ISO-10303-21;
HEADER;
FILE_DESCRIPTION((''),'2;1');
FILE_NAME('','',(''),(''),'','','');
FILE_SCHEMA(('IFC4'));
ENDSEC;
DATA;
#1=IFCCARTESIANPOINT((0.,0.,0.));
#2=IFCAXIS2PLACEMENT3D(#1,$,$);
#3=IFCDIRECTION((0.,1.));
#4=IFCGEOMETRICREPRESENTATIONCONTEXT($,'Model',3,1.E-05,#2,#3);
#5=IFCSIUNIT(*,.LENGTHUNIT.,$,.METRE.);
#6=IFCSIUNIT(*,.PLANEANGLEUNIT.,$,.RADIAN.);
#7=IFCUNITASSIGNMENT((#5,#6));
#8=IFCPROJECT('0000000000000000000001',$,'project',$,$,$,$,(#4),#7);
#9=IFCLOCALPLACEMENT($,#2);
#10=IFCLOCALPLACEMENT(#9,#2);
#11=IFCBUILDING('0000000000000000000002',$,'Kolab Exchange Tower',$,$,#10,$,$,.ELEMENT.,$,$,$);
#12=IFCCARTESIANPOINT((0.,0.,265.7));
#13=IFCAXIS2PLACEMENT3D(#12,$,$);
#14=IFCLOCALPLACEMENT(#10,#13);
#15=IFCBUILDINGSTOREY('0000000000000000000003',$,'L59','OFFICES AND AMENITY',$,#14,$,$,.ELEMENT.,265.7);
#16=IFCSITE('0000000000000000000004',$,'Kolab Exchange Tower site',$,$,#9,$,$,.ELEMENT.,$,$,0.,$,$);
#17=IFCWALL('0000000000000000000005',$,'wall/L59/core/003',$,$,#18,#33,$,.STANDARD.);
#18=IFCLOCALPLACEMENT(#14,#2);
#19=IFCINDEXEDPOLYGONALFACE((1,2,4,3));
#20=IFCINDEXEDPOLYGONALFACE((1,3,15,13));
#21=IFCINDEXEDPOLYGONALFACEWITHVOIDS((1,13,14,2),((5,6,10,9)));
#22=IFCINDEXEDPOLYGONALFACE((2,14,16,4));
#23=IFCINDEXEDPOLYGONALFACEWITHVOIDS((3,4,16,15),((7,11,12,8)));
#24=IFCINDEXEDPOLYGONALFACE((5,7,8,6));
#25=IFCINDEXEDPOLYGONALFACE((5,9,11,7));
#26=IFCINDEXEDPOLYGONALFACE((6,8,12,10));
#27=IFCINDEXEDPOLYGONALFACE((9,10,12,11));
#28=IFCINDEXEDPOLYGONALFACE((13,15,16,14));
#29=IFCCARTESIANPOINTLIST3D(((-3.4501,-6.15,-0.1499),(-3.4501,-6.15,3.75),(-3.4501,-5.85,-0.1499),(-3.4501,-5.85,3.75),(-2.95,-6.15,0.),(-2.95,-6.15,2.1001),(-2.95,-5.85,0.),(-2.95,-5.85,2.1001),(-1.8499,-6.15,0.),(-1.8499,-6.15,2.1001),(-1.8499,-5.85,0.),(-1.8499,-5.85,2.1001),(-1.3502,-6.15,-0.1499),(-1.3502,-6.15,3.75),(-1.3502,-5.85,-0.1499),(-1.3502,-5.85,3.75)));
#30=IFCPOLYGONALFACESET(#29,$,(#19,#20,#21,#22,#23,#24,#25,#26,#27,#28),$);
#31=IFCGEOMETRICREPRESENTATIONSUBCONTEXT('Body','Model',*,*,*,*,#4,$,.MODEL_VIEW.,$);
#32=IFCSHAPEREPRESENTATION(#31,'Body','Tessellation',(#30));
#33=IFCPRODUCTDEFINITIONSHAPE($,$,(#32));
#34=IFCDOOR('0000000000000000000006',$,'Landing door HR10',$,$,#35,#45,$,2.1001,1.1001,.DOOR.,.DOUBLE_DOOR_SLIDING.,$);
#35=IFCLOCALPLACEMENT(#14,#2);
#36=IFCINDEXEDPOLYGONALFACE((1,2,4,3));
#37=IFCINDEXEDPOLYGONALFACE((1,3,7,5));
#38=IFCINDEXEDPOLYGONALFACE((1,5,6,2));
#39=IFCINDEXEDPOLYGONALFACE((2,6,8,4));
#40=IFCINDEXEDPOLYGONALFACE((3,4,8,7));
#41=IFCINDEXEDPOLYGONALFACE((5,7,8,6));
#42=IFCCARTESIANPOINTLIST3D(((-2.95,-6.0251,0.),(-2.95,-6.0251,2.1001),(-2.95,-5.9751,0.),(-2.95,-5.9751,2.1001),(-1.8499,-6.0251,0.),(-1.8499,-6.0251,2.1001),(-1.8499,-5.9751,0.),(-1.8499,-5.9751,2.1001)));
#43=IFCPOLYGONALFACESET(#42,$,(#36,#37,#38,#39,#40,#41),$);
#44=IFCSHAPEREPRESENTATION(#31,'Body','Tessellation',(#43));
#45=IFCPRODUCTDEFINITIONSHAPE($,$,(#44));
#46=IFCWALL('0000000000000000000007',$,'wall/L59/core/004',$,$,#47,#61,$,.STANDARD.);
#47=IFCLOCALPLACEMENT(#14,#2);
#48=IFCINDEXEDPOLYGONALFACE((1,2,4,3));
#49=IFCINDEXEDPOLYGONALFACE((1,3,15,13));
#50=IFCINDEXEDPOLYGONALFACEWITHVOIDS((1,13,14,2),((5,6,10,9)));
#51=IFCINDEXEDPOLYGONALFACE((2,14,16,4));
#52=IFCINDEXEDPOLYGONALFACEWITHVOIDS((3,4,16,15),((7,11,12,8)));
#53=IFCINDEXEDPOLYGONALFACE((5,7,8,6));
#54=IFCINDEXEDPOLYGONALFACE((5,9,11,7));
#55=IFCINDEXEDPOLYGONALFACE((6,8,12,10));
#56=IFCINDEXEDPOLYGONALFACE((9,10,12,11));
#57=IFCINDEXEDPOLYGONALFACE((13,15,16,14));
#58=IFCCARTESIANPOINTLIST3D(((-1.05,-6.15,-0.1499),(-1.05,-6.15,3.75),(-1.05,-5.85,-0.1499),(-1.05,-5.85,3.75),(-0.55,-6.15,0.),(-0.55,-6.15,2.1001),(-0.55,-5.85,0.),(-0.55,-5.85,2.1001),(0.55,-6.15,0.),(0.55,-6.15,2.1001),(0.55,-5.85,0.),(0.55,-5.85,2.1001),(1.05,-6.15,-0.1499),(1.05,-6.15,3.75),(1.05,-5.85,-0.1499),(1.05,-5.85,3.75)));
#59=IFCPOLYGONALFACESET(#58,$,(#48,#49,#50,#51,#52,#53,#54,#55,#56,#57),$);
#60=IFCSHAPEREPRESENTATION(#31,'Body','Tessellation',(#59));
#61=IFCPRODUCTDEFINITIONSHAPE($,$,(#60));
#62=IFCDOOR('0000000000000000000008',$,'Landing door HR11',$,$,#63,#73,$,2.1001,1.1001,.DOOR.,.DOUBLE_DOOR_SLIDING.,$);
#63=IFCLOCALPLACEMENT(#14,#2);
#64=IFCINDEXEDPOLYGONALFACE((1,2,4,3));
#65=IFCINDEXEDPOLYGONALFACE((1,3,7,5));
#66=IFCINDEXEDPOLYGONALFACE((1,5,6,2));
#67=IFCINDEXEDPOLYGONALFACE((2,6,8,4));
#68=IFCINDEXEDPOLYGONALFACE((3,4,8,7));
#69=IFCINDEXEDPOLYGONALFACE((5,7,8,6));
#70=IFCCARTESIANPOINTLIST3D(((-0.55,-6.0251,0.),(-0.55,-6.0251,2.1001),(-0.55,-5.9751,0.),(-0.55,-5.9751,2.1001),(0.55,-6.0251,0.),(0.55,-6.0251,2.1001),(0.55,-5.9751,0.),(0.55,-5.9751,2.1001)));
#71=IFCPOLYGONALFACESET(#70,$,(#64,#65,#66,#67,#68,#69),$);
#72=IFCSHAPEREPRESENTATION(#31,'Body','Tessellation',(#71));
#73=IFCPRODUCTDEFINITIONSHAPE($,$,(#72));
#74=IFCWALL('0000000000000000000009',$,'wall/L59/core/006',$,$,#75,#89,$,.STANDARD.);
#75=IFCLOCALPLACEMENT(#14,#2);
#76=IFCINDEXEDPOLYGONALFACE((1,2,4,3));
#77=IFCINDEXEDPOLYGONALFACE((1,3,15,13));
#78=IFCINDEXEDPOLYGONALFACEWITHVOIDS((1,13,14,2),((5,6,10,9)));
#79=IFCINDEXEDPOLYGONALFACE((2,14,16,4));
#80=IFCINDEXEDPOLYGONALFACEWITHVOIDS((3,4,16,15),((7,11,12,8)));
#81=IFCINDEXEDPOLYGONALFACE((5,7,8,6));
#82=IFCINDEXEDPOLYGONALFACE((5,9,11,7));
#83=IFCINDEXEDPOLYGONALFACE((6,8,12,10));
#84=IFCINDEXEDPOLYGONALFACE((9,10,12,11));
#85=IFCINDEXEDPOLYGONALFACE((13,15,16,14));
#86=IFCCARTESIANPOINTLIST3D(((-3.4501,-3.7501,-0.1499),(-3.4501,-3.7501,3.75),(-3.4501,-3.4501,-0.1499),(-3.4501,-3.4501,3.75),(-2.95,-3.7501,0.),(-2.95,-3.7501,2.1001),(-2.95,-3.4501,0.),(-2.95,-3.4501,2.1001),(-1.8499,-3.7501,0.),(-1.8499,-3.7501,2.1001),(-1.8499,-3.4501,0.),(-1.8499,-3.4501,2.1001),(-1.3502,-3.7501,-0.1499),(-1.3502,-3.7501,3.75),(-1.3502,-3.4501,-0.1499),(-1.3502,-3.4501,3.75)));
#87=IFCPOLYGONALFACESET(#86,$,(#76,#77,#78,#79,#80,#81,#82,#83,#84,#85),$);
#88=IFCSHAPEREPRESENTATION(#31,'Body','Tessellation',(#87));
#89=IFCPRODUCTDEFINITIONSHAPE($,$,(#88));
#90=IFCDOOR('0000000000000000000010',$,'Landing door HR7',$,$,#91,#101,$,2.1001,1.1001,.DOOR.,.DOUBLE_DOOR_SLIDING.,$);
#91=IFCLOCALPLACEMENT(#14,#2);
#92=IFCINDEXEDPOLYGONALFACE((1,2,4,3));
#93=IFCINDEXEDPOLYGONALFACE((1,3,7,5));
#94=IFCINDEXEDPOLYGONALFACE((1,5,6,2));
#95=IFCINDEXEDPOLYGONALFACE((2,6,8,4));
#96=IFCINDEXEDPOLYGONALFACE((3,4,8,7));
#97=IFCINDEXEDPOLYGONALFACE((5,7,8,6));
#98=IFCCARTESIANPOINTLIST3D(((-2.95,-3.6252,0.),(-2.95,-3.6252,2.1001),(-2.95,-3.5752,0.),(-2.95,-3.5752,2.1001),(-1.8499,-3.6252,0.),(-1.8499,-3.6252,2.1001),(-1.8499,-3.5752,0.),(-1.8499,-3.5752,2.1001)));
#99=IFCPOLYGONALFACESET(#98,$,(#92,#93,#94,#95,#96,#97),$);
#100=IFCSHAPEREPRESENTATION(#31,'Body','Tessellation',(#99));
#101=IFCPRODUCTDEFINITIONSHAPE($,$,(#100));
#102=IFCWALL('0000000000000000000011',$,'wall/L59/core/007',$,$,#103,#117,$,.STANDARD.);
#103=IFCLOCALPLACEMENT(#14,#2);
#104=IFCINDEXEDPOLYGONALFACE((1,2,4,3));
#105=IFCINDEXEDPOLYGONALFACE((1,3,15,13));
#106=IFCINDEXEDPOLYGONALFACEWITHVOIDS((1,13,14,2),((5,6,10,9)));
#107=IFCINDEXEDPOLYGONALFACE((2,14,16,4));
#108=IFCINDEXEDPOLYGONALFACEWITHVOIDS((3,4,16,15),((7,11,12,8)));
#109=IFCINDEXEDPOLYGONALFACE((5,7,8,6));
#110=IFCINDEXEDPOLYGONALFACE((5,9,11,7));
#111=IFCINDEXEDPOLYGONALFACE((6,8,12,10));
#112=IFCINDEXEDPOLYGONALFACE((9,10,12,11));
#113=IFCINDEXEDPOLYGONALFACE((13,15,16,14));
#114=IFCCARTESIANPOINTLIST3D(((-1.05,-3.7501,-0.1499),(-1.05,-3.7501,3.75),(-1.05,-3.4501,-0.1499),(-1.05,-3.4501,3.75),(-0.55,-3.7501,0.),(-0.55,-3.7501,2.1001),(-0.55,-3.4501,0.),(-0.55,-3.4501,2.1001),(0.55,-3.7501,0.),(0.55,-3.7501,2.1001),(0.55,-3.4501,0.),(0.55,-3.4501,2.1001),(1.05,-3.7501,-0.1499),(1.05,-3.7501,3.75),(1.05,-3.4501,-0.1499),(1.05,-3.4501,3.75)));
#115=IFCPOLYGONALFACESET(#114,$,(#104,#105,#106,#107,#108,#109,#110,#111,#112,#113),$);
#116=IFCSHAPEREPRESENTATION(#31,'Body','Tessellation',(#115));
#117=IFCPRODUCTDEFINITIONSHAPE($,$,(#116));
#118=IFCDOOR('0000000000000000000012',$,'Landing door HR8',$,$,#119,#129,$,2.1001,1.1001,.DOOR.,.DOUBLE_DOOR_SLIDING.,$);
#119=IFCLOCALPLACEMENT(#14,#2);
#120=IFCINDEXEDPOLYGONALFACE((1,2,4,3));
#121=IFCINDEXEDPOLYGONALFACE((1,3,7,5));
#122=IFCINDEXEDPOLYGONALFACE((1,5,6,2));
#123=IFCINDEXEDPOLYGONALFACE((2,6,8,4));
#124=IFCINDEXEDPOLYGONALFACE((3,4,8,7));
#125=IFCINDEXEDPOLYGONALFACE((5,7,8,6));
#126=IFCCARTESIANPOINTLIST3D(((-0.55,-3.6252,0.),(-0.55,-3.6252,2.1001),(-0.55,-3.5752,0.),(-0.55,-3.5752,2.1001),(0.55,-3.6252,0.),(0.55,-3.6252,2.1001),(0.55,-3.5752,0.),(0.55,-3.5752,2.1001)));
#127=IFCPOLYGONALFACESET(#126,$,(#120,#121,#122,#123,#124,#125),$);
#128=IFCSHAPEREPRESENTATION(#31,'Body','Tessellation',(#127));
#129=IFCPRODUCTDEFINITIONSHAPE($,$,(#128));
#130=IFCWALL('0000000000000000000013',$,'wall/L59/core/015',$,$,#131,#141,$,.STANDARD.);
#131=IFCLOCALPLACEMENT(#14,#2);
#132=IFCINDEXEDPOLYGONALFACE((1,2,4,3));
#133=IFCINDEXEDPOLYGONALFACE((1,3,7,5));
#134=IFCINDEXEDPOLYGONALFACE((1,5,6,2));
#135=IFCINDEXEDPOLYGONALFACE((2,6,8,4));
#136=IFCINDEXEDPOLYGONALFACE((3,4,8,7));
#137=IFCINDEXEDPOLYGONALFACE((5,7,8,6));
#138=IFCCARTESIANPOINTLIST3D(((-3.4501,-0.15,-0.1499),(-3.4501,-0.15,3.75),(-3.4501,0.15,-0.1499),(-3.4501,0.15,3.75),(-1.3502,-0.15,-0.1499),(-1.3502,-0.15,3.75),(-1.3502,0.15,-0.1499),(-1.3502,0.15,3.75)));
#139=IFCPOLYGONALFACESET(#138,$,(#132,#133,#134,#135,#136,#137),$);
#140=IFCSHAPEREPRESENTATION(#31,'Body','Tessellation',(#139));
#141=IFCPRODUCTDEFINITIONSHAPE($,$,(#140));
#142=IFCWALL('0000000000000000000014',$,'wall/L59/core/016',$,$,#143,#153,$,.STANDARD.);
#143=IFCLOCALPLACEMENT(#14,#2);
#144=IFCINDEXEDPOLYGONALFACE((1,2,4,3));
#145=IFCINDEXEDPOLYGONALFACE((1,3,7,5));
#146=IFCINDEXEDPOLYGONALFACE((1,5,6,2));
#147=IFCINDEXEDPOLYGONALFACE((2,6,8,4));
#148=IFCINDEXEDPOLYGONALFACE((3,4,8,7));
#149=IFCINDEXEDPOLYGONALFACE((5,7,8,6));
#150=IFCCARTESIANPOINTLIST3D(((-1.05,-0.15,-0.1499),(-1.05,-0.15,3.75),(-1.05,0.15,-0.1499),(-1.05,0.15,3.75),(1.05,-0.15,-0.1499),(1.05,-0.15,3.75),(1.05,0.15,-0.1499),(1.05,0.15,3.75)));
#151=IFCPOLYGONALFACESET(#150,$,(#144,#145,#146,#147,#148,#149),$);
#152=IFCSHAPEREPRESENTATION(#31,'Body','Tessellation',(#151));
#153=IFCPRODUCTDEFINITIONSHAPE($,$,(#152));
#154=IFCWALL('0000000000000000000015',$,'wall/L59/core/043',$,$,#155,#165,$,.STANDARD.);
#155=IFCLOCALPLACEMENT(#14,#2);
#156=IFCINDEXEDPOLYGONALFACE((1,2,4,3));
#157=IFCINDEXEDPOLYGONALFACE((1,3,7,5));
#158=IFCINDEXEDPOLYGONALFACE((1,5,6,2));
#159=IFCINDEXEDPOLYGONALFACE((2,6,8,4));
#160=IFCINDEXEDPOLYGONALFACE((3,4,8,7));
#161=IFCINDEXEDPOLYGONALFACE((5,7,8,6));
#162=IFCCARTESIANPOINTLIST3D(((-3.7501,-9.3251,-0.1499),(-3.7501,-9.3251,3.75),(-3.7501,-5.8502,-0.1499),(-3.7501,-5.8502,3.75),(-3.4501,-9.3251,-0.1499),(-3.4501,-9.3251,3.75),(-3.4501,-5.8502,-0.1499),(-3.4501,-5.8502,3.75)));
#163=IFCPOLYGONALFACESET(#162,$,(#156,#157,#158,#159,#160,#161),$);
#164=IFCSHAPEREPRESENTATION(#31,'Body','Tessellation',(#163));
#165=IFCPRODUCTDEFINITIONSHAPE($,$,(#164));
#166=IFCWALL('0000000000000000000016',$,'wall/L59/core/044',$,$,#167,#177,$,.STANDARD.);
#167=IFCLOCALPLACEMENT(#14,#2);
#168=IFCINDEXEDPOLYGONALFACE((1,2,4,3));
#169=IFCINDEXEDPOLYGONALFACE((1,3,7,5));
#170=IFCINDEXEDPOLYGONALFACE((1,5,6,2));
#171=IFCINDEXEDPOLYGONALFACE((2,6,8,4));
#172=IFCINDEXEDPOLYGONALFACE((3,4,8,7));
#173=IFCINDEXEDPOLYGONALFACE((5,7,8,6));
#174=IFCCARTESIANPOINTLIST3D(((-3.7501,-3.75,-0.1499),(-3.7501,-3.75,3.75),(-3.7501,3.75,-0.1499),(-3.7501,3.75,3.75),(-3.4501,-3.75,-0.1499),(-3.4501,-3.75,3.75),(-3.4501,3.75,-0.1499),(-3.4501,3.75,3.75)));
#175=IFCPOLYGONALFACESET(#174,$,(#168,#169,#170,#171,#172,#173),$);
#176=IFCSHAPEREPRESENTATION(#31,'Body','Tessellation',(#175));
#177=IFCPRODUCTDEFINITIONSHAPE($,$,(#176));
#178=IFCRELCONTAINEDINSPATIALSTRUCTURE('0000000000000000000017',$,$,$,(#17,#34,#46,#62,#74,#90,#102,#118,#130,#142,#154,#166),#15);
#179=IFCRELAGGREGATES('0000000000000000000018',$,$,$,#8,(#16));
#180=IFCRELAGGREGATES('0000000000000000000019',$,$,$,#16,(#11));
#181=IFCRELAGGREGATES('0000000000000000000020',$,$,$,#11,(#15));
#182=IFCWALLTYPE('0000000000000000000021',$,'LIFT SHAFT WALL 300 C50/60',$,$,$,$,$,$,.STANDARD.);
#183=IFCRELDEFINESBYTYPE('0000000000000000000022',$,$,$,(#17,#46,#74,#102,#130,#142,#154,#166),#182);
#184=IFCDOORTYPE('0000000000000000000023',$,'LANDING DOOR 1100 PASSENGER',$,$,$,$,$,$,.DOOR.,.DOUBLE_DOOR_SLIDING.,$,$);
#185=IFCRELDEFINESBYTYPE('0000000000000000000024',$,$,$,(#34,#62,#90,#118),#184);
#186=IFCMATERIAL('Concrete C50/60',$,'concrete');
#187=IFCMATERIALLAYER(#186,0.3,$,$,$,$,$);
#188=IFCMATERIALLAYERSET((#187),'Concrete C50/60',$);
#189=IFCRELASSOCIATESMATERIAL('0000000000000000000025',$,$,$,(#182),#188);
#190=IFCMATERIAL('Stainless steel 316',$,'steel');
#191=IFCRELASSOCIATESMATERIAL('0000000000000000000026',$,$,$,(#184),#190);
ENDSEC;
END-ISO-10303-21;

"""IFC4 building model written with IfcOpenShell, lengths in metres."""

from ifc_helpers import new_model, si_unit, direction, frame, frame_2d, origin, place, context, subcontext, project, spatial, rectangle, extrude, material, layer, layer_set, type_object, element, fill, save


model = new_model("IFC4")

# Units and contexts
model_context = context("Model", 3, precision=1e-05, world=origin(), true_north=direction((0.0, 1.0)))
body_context = subcontext(model_context, "Body", "Model", "MODEL_VIEW")
ifc_project = project(units=[si_unit("LENGTHUNIT", "METRE"), si_unit("PLANEANGLEUNIT", "RADIAN")], contexts=[model_context])

# Site, building, storey
site_placement = place(None, origin())
site = spatial("IfcSite", under=ifc_project, at=site_placement, Name="Kolab Exchange Tower site", CompositionType="ELEMENT", RefElevation=0.0)
building_placement = place(site_placement, origin())
building = spatial("IfcBuilding", under=site, at=building_placement, Name="Kolab Exchange Tower", CompositionType="ELEMENT")
storey_placement = place(building_placement, frame((0.0, 0.0, 265.7)))
storey = spatial("IfcBuildingStorey", under=building, at=storey_placement, Name="L59", Description="OFFICES AND AMENITY", CompositionType="ELEMENT", Elevation=265.7)

# Walls, openings, doors
ifc_material_1 = material(Name="Concrete C50/60", Category="concrete")
ifc_layer_1 = layer(ifc_material_1, 0.3)
ifc_layer_set_1 = layer_set([ifc_layer_1], Name="Concrete C50/60")
wall_type = type_object("IfcWallType", Name="LIFT SHAFT WALL 300 C50/60", PredefinedType="STANDARD", material=ifc_layer_set_1)
wall_1_placement = place(storey_placement, frame((-3.45, -6.0, -0.1499), z_axis=(0.0, 0.0, 1.0), x_axis=(1.0, 0.0, 0.0)))
wall_1 = element("IfcWall", 1, at=wall_1_placement, inside=storey, type_object=wall_type, Name="wall/L59/core/003", PredefinedType="STANDARD", context=body_context, shape_type="SweptSolid", body=[
    extrude(rectangle(XDim=2.0999, YDim=0.3, at=frame_2d((1.0498, 0.0))), origin(), (0.0, 0.0, 1.0), 3.8999),
])
opening_1_placement = place(wall_1_placement, frame((0.5, 0.0, 0.1499)))
opening_1 = element("IfcOpeningElement", 2, at=opening_1_placement, cuts=wall_1, PredefinedType="OPENING", context=body_context, shape_type="SweptSolid", body=[
    extrude(rectangle(XDim=1.1001, YDim=2.1001, at=frame_2d((0.55, 1.05))), frame((0.0, 0.1602, 0.0), z_axis=(0.0, -1.0, 0.0), x_axis=(1.0, 0.0, 0.0)), (0.0, 0.0, 1.0), 0.3201),
])
ifc_material_2 = material(Name="Stainless steel 316", Category="steel")
door_type = type_object("IfcDoorType", Name="LANDING DOOR 1100 PASSENGER", OperationType="DOUBLE_DOOR_SLIDING", PredefinedType="DOOR", material=ifc_material_2)
door_1_placement = place(opening_1_placement, origin())
door_1 = element("IfcDoor", 3, at=door_1_placement, inside=storey, type_object=door_type, Name="Landing door HR10", OperationType="DOUBLE_DOOR_SLIDING", OverallHeight=2.1001, OverallWidth=1.1001, PredefinedType="DOOR", context=body_context, shape_type="SweptSolid", body=[
    extrude(rectangle(XDim=1.1001, YDim=2.1001, at=frame_2d((0.55, 1.05))), frame((0.0, 0.0249, 0.0), z_axis=(0.0, -1.0, 0.0), x_axis=(1.0, 0.0, 0.0)), (0.0, 0.0, 1.0), 0.05),
])
fill(opening_1, door_1)
wall_2_placement = place(storey_placement, frame((-1.05, -6.0, -0.1499), z_axis=(0.0, 0.0, 1.0), x_axis=(1.0, 0.0, 0.0)))
wall_2 = element("IfcWall", 4, at=wall_2_placement, inside=storey, type_object=wall_type, Name="wall/L59/core/004", PredefinedType="STANDARD", context=body_context, shape_type="SweptSolid", body=[
    extrude(rectangle(XDim=2.1001, YDim=0.3, at=frame_2d((1.05, 0.0))), origin(), (0.0, 0.0, 1.0), 3.8999),
])
opening_2_placement = place(wall_2_placement, frame((0.5, 0.0, 0.1499)))
opening_2 = element("IfcOpeningElement", 5, at=opening_2_placement, cuts=wall_2, PredefinedType="OPENING", context=body_context, shape_type="SweptSolid", body=[
    extrude(rectangle(XDim=1.1001, YDim=2.1001, at=frame_2d((0.55, 1.05))), frame((0.0, 0.1602, 0.0), z_axis=(0.0, -1.0, 0.0), x_axis=(1.0, 0.0, 0.0)), (0.0, 0.0, 1.0), 0.3201),
])
door_2_placement = place(opening_2_placement, origin())
door_2 = element("IfcDoor", 6, at=door_2_placement, inside=storey, type_object=door_type, Name="Landing door HR11", OperationType="DOUBLE_DOOR_SLIDING", OverallHeight=2.1001, OverallWidth=1.1001, PredefinedType="DOOR", context=body_context, shape_type="SweptSolid", body=[
    extrude(rectangle(XDim=1.1001, YDim=2.1001, at=frame_2d((0.55, 1.05))), frame((0.0, 0.0249, 0.0), z_axis=(0.0, -1.0, 0.0), x_axis=(1.0, 0.0, 0.0)), (0.0, 0.0, 1.0), 0.05),
])
fill(opening_2, door_2)
wall_3_placement = place(storey_placement, frame((-3.45, -3.6001, -0.1499), z_axis=(0.0, 0.0, 1.0), x_axis=(1.0, 0.0, 0.0)))
wall_3 = element("IfcWall", 7, at=wall_3_placement, inside=storey, type_object=wall_type, Name="wall/L59/core/006", PredefinedType="STANDARD", context=body_context, shape_type="SweptSolid", body=[
    extrude(rectangle(XDim=2.0999, YDim=0.3, at=frame_2d((1.0498, 0.0))), origin(), (0.0, 0.0, 1.0), 3.8999),
])
opening_3_placement = place(wall_3_placement, frame((0.5, 0.0, 0.1499)))
opening_3 = element("IfcOpeningElement", 8, at=opening_3_placement, cuts=wall_3, PredefinedType="OPENING", context=body_context, shape_type="SweptSolid", body=[
    extrude(rectangle(XDim=1.1001, YDim=2.1001, at=frame_2d((0.55, 1.05))), frame((0.0, 0.1602, 0.0), z_axis=(0.0, -1.0, 0.0), x_axis=(1.0, 0.0, 0.0)), (0.0, 0.0, 1.0), 0.3201),
])
door_3_placement = place(opening_3_placement, origin())
door_3 = element("IfcDoor", 9, at=door_3_placement, inside=storey, type_object=door_type, Name="Landing door HR7", OperationType="DOUBLE_DOOR_SLIDING", OverallHeight=2.1001, OverallWidth=1.1001, PredefinedType="DOOR", context=body_context, shape_type="SweptSolid", body=[
    extrude(rectangle(XDim=1.1001, YDim=2.1001, at=frame_2d((0.55, 1.05))), frame((0.0, 0.0249, 0.0), z_axis=(0.0, -1.0, 0.0), x_axis=(1.0, 0.0, 0.0)), (0.0, 0.0, 1.0), 0.05),
])
fill(opening_3, door_3)
wall_4_placement = place(storey_placement, frame((-1.05, -3.6001, -0.1499), z_axis=(0.0, 0.0, 1.0), x_axis=(1.0, 0.0, 0.0)))
wall_4 = element("IfcWall", 10, at=wall_4_placement, inside=storey, type_object=wall_type, Name="wall/L59/core/007", PredefinedType="STANDARD", context=body_context, shape_type="SweptSolid", body=[
    extrude(rectangle(XDim=2.1001, YDim=0.3, at=frame_2d((1.05, 0.0))), origin(), (0.0, 0.0, 1.0), 3.8999),
])
opening_4_placement = place(wall_4_placement, frame((0.5, 0.0, 0.1499)))
opening_4 = element("IfcOpeningElement", 11, at=opening_4_placement, cuts=wall_4, PredefinedType="OPENING", context=body_context, shape_type="SweptSolid", body=[
    extrude(rectangle(XDim=1.1001, YDim=2.1001, at=frame_2d((0.55, 1.05))), frame((0.0, 0.1602, 0.0), z_axis=(0.0, -1.0, 0.0), x_axis=(1.0, 0.0, 0.0)), (0.0, 0.0, 1.0), 0.3201),
])
door_4_placement = place(opening_4_placement, origin())
door_4 = element("IfcDoor", 12, at=door_4_placement, inside=storey, type_object=door_type, Name="Landing door HR8", OperationType="DOUBLE_DOOR_SLIDING", OverallHeight=2.1001, OverallWidth=1.1001, PredefinedType="DOOR", context=body_context, shape_type="SweptSolid", body=[
    extrude(rectangle(XDim=1.1001, YDim=2.1001, at=frame_2d((0.55, 1.05))), frame((0.0, 0.0249, 0.0), z_axis=(0.0, -1.0, 0.0), x_axis=(1.0, 0.0, 0.0)), (0.0, 0.0, 1.0), 0.05),
])
fill(opening_4, door_4)

# Walls
wall_5_placement = place(storey_placement, frame((-3.45, 0.0, -0.1499), z_axis=(0.0, 0.0, 1.0), x_axis=(1.0, 0.0, 0.0)))
element("IfcWall", 13, at=wall_5_placement, inside=storey, type_object=wall_type, Name="wall/L59/core/015", PredefinedType="STANDARD", context=body_context, shape_type="SweptSolid", body=[
    extrude(rectangle(XDim=2.0999, YDim=0.3, at=frame_2d((1.0498, 0.0))), origin(), (0.0, 0.0, 1.0), 3.8999),
])
wall_6_placement = place(storey_placement, frame((-1.05, 0.0, -0.1499), z_axis=(0.0, 0.0, 1.0), x_axis=(1.0, 0.0, 0.0)))
element("IfcWall", 14, at=wall_6_placement, inside=storey, type_object=wall_type, Name="wall/L59/core/016", PredefinedType="STANDARD", context=body_context, shape_type="SweptSolid", body=[
    extrude(rectangle(XDim=2.1001, YDim=0.3, at=frame_2d((1.05, 0.0))), origin(), (0.0, 0.0, 1.0), 3.8999),
])
wall_7_placement = place(storey_placement, frame((-3.6001, -9.325, -0.1499), z_axis=(0.0, 0.0, 1.0), x_axis=(0.0, 1.0, 0.0)))
element("IfcWall", 15, at=wall_7_placement, inside=storey, type_object=wall_type, Name="wall/L59/core/043", PredefinedType="STANDARD", context=body_context, shape_type="SweptSolid", body=[
    extrude(rectangle(XDim=3.4749, YDim=0.3, at=frame_2d((1.7373, 0.0))), origin(), (0.0, 0.0, 1.0), 3.8999),
])
wall_8_placement = place(storey_placement, frame((-3.6001, -3.75, -0.1499), z_axis=(0.0, 0.0, 1.0), x_axis=(0.0, 1.0, 0.0)))
element("IfcWall", 16, at=wall_8_placement, inside=storey, type_object=wall_type, Name="wall/L59/core/044", PredefinedType="STANDARD", context=body_context, shape_type="SweptSolid", body=[
    extrude(rectangle(XDim=7.5, YDim=0.3, at=frame_2d((3.75, 0.0))), origin(), (0.0, 0.0, 1.0), 3.8999),
])

save(model, "model.ifc")
